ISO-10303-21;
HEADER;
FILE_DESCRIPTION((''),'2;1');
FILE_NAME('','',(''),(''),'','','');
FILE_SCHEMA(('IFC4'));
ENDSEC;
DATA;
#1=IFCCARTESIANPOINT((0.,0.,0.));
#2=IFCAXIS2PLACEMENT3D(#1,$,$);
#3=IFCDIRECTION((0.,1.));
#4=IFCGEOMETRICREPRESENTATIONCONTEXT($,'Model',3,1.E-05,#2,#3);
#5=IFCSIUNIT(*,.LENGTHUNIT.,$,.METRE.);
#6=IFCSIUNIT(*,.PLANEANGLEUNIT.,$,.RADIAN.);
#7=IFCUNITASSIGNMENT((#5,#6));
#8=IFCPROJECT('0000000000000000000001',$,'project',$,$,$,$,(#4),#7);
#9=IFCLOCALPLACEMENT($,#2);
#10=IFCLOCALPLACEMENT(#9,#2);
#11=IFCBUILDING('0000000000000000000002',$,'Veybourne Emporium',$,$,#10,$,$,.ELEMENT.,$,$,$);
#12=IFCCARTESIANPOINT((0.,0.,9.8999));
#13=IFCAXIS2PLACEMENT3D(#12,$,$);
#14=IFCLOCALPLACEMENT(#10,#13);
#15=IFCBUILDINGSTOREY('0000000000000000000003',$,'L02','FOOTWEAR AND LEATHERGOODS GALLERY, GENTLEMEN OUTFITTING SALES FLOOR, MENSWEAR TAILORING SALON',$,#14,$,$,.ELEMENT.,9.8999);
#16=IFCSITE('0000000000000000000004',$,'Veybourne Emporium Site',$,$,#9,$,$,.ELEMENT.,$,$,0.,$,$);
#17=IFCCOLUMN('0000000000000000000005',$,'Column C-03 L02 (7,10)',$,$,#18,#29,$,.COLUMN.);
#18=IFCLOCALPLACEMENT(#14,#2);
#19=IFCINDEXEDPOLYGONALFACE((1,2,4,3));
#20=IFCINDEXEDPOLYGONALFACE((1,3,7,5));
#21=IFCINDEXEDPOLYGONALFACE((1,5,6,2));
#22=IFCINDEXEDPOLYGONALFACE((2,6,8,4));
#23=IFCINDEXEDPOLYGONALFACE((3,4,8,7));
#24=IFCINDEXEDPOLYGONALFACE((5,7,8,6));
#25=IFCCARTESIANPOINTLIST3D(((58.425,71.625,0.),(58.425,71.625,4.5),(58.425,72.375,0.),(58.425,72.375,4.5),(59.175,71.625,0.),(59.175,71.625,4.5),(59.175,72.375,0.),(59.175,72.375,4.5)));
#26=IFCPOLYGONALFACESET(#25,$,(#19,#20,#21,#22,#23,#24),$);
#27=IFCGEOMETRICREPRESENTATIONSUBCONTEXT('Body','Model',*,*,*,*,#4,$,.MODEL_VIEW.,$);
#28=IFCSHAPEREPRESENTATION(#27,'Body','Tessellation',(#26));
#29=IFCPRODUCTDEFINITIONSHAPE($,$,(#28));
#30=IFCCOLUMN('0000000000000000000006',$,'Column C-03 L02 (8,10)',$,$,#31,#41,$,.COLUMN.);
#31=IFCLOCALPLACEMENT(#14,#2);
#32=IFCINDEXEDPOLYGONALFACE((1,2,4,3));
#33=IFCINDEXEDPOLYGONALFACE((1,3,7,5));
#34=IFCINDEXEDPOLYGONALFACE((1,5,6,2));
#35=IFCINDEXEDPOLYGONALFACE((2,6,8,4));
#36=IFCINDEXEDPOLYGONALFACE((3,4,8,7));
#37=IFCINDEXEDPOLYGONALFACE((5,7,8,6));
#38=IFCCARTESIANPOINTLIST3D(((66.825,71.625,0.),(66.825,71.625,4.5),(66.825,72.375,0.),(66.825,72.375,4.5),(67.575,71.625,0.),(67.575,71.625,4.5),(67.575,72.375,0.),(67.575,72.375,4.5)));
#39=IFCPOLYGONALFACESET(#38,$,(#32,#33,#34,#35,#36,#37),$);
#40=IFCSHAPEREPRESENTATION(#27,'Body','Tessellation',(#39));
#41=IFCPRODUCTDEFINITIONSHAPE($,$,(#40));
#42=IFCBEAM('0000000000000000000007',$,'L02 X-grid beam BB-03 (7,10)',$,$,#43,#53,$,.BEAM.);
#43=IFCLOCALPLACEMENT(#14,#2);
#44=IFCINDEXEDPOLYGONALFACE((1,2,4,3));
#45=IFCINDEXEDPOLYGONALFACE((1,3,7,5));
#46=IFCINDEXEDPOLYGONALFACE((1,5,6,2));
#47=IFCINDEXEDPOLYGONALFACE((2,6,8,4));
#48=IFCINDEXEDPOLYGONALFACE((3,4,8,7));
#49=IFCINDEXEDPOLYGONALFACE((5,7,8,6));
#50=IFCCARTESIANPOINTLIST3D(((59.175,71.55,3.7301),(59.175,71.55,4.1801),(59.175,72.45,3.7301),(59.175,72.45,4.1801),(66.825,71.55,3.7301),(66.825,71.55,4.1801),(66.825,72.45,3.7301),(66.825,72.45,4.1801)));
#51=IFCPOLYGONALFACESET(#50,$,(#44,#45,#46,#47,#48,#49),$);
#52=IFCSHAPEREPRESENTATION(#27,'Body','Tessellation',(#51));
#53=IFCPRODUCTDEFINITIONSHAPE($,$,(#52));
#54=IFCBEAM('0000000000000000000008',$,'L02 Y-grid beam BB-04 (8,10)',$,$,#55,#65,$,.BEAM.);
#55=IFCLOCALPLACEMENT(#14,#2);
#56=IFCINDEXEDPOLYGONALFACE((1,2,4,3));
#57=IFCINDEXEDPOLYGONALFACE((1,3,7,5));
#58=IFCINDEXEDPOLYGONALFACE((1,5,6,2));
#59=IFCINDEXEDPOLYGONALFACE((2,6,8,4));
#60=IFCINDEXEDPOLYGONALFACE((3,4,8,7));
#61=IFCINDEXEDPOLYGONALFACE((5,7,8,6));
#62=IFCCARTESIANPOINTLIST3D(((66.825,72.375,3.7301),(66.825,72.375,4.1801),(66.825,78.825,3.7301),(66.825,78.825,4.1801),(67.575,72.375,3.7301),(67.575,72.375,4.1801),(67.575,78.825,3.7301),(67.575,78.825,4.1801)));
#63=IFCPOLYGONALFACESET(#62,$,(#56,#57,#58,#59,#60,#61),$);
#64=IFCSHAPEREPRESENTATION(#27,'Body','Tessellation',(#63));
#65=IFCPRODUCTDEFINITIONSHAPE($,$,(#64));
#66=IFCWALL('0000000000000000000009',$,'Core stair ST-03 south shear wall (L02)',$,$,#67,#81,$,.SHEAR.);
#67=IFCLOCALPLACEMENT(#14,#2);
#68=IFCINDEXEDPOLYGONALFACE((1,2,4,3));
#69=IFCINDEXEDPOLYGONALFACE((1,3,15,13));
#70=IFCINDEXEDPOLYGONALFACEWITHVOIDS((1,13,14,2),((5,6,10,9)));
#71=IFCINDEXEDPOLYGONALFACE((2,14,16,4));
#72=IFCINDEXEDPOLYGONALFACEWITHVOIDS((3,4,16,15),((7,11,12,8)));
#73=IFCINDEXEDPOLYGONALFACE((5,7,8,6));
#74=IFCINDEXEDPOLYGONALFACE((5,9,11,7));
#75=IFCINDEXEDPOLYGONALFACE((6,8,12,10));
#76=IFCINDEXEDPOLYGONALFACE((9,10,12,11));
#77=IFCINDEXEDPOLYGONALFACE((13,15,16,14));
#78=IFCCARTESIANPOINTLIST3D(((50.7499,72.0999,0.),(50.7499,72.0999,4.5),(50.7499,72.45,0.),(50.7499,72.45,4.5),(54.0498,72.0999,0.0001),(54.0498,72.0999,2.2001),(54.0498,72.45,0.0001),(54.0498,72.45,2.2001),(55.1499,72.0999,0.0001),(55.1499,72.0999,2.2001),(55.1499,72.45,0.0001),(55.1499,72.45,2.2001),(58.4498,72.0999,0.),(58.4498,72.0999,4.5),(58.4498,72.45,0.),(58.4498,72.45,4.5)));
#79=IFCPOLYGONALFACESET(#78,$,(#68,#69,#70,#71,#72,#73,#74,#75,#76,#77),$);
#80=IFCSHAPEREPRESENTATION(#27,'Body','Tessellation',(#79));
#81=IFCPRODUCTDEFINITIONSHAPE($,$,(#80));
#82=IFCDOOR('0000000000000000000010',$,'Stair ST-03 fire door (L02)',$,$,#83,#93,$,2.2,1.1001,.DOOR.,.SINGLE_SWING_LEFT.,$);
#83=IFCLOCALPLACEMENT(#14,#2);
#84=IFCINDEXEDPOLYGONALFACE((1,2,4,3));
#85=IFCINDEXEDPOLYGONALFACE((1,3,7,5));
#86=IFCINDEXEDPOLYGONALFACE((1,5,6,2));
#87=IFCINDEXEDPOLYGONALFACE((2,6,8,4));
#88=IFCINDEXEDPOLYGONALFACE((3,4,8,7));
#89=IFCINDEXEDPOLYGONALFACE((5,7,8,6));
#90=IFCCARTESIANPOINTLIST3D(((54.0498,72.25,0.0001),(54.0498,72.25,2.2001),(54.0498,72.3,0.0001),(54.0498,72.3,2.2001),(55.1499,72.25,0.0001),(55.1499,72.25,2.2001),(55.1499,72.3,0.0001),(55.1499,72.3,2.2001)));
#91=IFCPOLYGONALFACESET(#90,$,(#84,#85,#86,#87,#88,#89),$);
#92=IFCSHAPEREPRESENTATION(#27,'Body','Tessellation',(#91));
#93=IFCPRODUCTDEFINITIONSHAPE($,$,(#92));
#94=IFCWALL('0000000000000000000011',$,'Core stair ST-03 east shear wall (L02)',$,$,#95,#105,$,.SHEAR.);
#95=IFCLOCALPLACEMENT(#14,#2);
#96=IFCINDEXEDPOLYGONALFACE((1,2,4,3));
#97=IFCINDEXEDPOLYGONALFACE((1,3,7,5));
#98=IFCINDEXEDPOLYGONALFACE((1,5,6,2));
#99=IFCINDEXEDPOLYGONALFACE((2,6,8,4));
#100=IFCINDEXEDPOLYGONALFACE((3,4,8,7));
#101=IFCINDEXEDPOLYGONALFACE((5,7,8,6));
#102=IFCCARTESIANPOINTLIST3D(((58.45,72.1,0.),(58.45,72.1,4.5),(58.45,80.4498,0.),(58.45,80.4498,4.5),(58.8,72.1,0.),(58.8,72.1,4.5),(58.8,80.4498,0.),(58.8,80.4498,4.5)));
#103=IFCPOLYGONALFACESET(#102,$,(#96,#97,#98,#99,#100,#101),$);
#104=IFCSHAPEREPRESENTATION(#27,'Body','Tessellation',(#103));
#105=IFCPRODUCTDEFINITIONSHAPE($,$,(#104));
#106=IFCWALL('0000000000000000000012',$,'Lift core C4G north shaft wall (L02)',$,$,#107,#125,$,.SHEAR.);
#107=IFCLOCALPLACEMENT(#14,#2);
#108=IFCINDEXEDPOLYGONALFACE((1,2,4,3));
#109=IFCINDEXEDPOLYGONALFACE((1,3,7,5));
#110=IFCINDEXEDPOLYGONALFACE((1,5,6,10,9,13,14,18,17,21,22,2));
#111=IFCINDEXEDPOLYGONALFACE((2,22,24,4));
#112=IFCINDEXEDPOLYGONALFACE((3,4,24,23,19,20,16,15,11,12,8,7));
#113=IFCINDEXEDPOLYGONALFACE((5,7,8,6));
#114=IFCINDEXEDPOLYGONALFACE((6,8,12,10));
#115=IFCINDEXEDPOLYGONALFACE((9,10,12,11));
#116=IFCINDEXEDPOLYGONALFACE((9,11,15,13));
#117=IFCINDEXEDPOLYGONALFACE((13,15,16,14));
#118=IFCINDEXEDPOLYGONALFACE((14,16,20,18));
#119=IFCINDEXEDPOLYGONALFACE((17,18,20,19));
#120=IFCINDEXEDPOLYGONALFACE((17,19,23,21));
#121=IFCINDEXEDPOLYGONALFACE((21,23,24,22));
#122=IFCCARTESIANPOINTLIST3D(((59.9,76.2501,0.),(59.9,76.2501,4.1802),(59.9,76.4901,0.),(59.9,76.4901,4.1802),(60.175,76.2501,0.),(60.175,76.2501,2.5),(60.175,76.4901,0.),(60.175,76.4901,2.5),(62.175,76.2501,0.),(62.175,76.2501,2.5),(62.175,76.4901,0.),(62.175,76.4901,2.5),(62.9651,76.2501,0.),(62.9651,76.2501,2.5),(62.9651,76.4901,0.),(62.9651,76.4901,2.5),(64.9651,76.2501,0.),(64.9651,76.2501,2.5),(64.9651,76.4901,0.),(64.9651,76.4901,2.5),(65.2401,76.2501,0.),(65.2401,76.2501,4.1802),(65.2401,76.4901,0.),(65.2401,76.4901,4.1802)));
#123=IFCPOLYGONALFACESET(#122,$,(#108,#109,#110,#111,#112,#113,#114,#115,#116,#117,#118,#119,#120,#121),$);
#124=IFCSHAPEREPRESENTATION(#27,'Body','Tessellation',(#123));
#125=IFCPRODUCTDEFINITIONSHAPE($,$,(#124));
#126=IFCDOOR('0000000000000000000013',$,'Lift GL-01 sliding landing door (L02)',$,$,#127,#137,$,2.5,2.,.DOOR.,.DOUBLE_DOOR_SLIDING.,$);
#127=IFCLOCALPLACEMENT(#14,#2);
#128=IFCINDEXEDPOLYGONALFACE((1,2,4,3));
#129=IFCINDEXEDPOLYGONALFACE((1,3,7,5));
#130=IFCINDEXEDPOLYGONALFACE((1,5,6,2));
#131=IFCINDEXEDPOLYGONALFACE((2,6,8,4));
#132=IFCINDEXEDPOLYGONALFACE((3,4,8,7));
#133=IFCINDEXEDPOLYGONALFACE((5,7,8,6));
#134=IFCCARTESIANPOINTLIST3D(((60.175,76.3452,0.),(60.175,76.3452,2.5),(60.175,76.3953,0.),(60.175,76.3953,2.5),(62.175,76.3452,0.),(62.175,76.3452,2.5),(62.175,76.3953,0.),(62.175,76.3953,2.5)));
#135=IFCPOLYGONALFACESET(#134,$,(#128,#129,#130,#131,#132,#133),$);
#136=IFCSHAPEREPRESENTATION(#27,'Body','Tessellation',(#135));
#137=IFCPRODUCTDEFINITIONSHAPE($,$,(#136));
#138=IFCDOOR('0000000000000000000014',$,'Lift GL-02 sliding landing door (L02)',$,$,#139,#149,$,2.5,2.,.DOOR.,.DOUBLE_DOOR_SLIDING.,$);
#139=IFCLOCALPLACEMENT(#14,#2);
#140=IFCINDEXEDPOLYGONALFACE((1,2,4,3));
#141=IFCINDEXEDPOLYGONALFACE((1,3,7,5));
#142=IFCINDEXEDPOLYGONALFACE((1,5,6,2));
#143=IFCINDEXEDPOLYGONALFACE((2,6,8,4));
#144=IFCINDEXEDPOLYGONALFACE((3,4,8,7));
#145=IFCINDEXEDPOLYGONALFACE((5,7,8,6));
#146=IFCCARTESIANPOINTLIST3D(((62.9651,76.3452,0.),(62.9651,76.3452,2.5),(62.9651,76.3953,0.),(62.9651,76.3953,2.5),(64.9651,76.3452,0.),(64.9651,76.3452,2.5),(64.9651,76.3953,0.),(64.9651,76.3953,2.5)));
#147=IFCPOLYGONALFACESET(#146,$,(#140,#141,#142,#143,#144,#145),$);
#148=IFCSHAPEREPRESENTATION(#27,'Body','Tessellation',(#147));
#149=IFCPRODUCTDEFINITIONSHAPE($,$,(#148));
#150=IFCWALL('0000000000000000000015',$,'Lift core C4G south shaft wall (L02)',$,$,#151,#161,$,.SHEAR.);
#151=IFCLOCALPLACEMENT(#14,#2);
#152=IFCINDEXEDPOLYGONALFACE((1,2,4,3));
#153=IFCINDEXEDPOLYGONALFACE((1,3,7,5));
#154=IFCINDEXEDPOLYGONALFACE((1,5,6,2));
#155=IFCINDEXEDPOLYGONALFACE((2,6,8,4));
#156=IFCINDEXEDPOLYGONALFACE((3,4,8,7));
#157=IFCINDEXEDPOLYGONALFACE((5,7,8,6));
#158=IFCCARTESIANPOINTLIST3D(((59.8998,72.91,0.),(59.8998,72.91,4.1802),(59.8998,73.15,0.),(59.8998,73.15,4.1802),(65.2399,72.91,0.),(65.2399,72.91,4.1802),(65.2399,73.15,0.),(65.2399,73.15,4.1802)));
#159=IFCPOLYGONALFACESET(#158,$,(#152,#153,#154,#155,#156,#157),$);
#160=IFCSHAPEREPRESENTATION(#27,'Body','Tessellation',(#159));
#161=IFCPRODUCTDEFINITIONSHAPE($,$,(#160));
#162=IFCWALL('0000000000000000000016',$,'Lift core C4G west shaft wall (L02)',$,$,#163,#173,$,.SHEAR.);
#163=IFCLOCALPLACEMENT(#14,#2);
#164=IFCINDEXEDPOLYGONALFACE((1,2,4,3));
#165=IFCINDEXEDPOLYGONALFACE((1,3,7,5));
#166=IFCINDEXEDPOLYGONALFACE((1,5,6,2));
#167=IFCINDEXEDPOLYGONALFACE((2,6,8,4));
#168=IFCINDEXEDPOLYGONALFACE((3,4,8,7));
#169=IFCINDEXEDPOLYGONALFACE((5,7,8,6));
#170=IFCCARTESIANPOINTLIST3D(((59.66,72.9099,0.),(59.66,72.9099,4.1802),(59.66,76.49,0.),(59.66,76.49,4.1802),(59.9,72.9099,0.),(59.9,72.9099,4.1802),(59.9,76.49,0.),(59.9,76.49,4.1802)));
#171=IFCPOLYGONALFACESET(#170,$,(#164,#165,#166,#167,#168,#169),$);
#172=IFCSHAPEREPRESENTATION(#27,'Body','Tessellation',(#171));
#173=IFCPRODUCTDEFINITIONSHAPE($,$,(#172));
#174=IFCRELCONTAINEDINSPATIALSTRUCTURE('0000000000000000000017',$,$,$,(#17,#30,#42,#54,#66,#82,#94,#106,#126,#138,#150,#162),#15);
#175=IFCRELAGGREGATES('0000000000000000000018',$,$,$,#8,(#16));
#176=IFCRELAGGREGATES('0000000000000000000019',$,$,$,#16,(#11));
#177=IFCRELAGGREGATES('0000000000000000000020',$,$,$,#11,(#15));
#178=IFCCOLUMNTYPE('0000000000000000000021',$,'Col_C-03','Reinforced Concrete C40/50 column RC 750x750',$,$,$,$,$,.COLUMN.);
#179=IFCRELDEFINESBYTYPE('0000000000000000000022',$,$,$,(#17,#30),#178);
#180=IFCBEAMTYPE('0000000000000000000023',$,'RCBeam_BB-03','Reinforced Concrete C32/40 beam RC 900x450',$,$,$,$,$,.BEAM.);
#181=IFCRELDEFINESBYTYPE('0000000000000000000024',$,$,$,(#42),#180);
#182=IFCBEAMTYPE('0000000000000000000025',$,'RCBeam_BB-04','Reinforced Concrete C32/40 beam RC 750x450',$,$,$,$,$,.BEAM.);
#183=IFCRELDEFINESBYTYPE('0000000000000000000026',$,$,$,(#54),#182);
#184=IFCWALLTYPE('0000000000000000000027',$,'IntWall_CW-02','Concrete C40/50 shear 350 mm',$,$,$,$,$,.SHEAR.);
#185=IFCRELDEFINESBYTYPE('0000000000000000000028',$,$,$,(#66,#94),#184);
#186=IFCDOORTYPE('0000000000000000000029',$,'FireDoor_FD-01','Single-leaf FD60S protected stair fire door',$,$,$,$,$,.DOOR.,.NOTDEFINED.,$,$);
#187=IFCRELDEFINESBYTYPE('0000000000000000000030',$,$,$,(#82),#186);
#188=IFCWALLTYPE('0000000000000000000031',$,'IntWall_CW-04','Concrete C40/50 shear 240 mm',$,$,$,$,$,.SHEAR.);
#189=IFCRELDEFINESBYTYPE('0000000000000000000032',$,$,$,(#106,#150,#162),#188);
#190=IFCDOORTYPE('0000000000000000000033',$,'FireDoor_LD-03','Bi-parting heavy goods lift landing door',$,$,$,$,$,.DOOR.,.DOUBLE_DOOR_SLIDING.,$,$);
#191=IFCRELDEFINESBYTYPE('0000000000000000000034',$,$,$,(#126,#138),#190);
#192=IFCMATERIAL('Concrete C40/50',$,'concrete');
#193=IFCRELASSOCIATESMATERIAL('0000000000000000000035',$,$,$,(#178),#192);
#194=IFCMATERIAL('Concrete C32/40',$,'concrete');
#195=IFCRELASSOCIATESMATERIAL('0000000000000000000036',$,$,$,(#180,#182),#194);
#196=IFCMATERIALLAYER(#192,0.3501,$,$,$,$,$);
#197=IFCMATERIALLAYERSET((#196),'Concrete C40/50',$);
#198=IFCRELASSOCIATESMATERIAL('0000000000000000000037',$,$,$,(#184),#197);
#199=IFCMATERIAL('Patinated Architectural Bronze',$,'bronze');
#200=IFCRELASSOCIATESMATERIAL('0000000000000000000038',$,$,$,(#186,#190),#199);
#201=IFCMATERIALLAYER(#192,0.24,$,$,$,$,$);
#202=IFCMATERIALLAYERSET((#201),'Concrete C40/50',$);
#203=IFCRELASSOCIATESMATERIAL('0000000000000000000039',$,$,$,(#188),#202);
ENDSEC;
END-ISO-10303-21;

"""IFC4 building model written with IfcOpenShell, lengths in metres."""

from ifc_helpers import new_model, si_unit, direction, frame, frame_2d, origin, origin_2d, place, context, subcontext, project, spatial, rectangle, extrude, material, layer, layer_set, material_profile, profile_set, type_object, element, fill, save


model = new_model("IFC4")

# Units and contexts
model_context = context("Model", 3, precision=1e-05, world=origin(), true_north=direction((0.0, 1.0)))
body_context = subcontext(model_context, "Body", "Model", "MODEL_VIEW")
ifc_project = project(units=[si_unit("LENGTHUNIT", "METRE"), si_unit("PLANEANGLEUNIT", "RADIAN")], contexts=[model_context])

# Site, building, storey
site_placement = place(None, origin())
site = spatial("IfcSite", under=ifc_project, at=site_placement, Name="Veybourne Emporium Site", CompositionType="ELEMENT", RefElevation=0.0)
building_placement = place(site_placement, origin())
building = spatial("IfcBuilding", under=site, at=building_placement, Name="Veybourne Emporium", CompositionType="ELEMENT")
storey_placement = place(building_placement, frame((0.0, 0.0, 9.8999)))
storey = spatial("IfcBuildingStorey", under=building, at=storey_placement, Name="L02", Description="FOOTWEAR AND LEATHERGOODS GALLERY, GENTLEMEN OUTFITTING SALES FLOOR, MENSWEAR TAILORING SALON", CompositionType="ELEMENT", Elevation=9.8999)

# Columns
ifc_material_1 = material(Name="Concrete C40/50", Category="concrete")
ifc_material_profile_1 = material_profile(ifc_material_1, rectangle(XDim=0.75, YDim=0.75, at=origin_2d()), Name="RC 750x750")
ifc_profile_set_1 = profile_set([ifc_material_profile_1], Name="Concrete C40/50")
column_type = type_object("IfcColumnType", Name="Col_C-03", Description="Reinforced Concrete C40/50 column RC 750x750", PredefinedType="COLUMN", material=ifc_profile_set_1)
for number, where, z_axis, x_axis, name in (
    (1, (58.8, 72.0, 0.0), (0.0, 0.0, 1.0), (1.0, 0.0, 0.0), "Column C-03 L02 (7,10)"),
    (2, (67.2, 72.0, 0.0), (0.0, 0.0, 1.0), (1.0, 0.0, 0.0), "Column C-03 L02 (8,10)"),
):
    element("IfcColumn", number, at=place(storey_placement, frame(where, z_axis=z_axis, x_axis=x_axis)), inside=storey, type_object=column_type, Name=name, PredefinedType="COLUMN", context=body_context, shape_type="SweptSolid", body=[
        extrude(rectangle(XDim=0.75, YDim=0.75, at=origin_2d()), origin(), (0.0, 0.0, 1.0), 4.5),
    ])

# Beams
ifc_material_2 = material(Name="Concrete C32/40", Category="concrete")
ifc_material_profile_2 = material_profile(ifc_material_2, rectangle(XDim=0.8999, YDim=0.45, at=origin_2d()), Name="RC 900x450")
ifc_profile_set_2 = profile_set([ifc_material_profile_2], Name="Concrete C32/40")
beam_type_1 = type_object("IfcBeamType", Name="RCBeam_BB-03", Description="Reinforced Concrete C32/40 beam RC 900x450", PredefinedType="BEAM", material=ifc_profile_set_2)
beam_1_placement = place(storey_placement, frame((59.175, 72.0, 3.9551), z_axis=(1.0, 0.0, 0.0), x_axis=(0.0, 1.0, 0.0)))
element("IfcBeam", 3, at=beam_1_placement, inside=storey, type_object=beam_type_1, Name="L02 X-grid beam BB-03 (7,10)", PredefinedType="BEAM", context=body_context, shape_type="SweptSolid", body=[
    extrude(rectangle(XDim=0.8999, YDim=0.45, at=origin_2d()), origin(), (0.0, 0.0, 1.0), 7.6499),
])
ifc_material_profile_3 = material_profile(ifc_material_2, rectangle(XDim=0.75, YDim=0.45, at=origin_2d()), Name="RC 750x450")
ifc_profile_set_3 = profile_set([ifc_material_profile_3], Name="Concrete C32/40")
beam_type_2 = type_object("IfcBeamType", Name="RCBeam_BB-04", Description="Reinforced Concrete C32/40 beam RC 750x450", PredefinedType="BEAM", material=ifc_profile_set_3)
beam_2_placement = place(storey_placement, frame((67.2, 72.375, 3.9551), z_axis=(0.0, 1.0, 0.0), x_axis=(-1.0, 0.0, 0.0)))
element("IfcBeam", 4, at=beam_2_placement, inside=storey, type_object=beam_type_2, Name="L02 Y-grid beam BB-04 (8,10)", PredefinedType="BEAM", context=body_context, shape_type="SweptSolid", body=[
    extrude(rectangle(XDim=0.75, YDim=0.45, at=origin_2d()), origin(), (0.0, 0.0, 1.0), 6.45),
])

# Wall, opening, door
ifc_layer_1 = layer(ifc_material_1, 0.3501)
ifc_layer_set_1 = layer_set([ifc_layer_1], Name="Concrete C40/50")
wall_type_1 = type_object("IfcWallType", Name="IntWall_CW-02", Description="Concrete C40/50 shear 350 mm", PredefinedType="SHEAR", material=ifc_layer_set_1)
wall_1_placement = place(storey_placement, frame((58.45, 72.2749, 0.0), z_axis=(0.0, 0.0, 1.0), x_axis=(-1.0, 0.0, 0.0)))
wall_1 = element("IfcWall", 5, at=wall_1_placement, inside=storey, type_object=wall_type_1, Name="Core stair ST-03 south shear wall (L02)", PredefinedType="SHEAR", context=body_context, shape_type="SweptSolid", body=[
    extrude(rectangle(XDim=7.7, YDim=0.3501, at=frame_2d((3.8501, 0.0))), origin(), (0.0, 0.0, 1.0), 4.5),
])
opening_1_placement = place(wall_1_placement, frame((3.3, 0.0, 0.0)))
opening_1 = element("IfcOpeningElement", 6, at=opening_1_placement, cuts=wall_1, PredefinedType="OPENING", context=body_context, shape_type="SweptSolid", body=[
    extrude(rectangle(XDim=1.1001, YDim=2.2, at=frame_2d((0.55, 1.1001))), frame((0.0, 0.1951, 0.0), z_axis=(0.0, -1.0, 0.0), x_axis=(1.0, 0.0, 0.0)), (0.0, 0.0, 1.0), 0.3901),
])
ifc_material_3 = material(Name="Patinated Architectural Bronze", Category="bronze")
door_type_1 = type_object("IfcDoorType", Name="FireDoor_FD-01", Description="Single-leaf FD60S protected stair fire door", OperationType="NOTDEFINED", PredefinedType="DOOR", material=ifc_material_3)
door_1_placement = place(opening_1_placement, origin())
door_1 = element("IfcDoor", 7, at=door_1_placement, inside=storey, type_object=door_type_1, Name="Stair ST-03 fire door (L02)", OperationType="SINGLE_SWING_LEFT", OverallHeight=2.2, OverallWidth=1.1001, PredefinedType="DOOR", context=body_context, shape_type="SweptSolid", body=[
    extrude(rectangle(XDim=1.1001, YDim=2.2, at=frame_2d((0.55, 1.1001))), frame((0.0, 0.0249, 0.0), z_axis=(0.0, -1.0, 0.0), x_axis=(1.0, 0.0, 0.0)), (0.0, 0.0, 1.0), 0.05),
])
fill(opening_1, door_1)

# Wall
wall_2_placement = place(storey_placement, frame((58.625, 72.1001, 0.0), z_axis=(0.0, 0.0, 1.0), x_axis=(0.0, 1.0, 0.0)))
element("IfcWall", 8, at=wall_2_placement, inside=storey, type_object=wall_type_1, Name="Core stair ST-03 east shear wall (L02)", PredefinedType="SHEAR", context=body_context, shape_type="SweptSolid", body=[
    extrude(rectangle(XDim=8.3499, YDim=0.3501, at=frame_2d((4.1748, 0.0))), origin(), (0.0, 0.0, 1.0), 4.5),
])

# Wall, openings, doors
ifc_layer_2 = layer(ifc_material_1, 0.24)
ifc_layer_set_2 = layer_set([ifc_layer_2], Name="Concrete C40/50")
wall_type_2 = type_object("IfcWallType", Name="IntWall_CW-04", Description="Concrete C40/50 shear 240 mm", PredefinedType="SHEAR", material=ifc_layer_set_2)
wall_3_placement = place(storey_placement, frame((65.24, 76.3701, 0.0), z_axis=(0.0, 0.0, 1.0), x_axis=(-1.0, 0.0, 0.0)))
wall_3 = element("IfcWall", 9, at=wall_3_placement, inside=storey, type_object=wall_type_2, Name="Lift core C4G north shaft wall (L02)", PredefinedType="SHEAR", context=body_context, shape_type="SweptSolid", body=[
    extrude(rectangle(XDim=5.3401, YDim=0.24, at=frame_2d((2.6699, 0.0))), origin(), (0.0, 0.0, 1.0), 4.1802),
])
opening_2_placement = place(wall_3_placement, frame((3.0649, 0.0, 0.0)))
opening_2 = element("IfcOpeningElement", 10, at=opening_2_placement, cuts=wall_3, PredefinedType="OPENING", context=body_context, shape_type="SweptSolid", body=[
    extrude(rectangle(XDim=2.0, YDim=2.5, at=frame_2d((1.0, 1.25))), frame((0.0, 0.1401, 0.0), z_axis=(0.0, -1.0, 0.0), x_axis=(1.0, 0.0, 0.0)), (0.0, 0.0, 1.0), 0.28),
])
opening_3_placement = place(wall_3_placement, frame((0.2749, 0.0, 0.0)))
opening_3 = element("IfcOpeningElement", 11, at=opening_3_placement, cuts=wall_3, PredefinedType="OPENING", context=body_context, shape_type="SweptSolid", body=[
    extrude(rectangle(XDim=2.0, YDim=2.5, at=frame_2d((1.0, 1.25))), frame((0.0, 0.1401, 0.0), z_axis=(0.0, -1.0, 0.0), x_axis=(1.0, 0.0, 0.0)), (0.0, 0.0, 1.0), 0.28),
])
door_type_2 = type_object("IfcDoorType", Name="FireDoor_LD-03", Description="Bi-parting heavy goods lift landing door", OperationType="DOUBLE_DOOR_SLIDING", PredefinedType="DOOR", material=ifc_material_3)
door_2_placement = place(opening_2_placement, origin())
door_2 = element("IfcDoor", 12, at=door_2_placement, inside=storey, type_object=door_type_2, Name="Lift GL-01 sliding landing door (L02)", OperationType="DOUBLE_DOOR_SLIDING", OverallHeight=2.5, OverallWidth=2.0, PredefinedType="DOOR", context=body_context, shape_type="SweptSolid", body=[
    extrude(rectangle(XDim=2.0, YDim=2.5, at=frame_2d((1.0, 1.25))), frame((0.0, 0.0249, 0.0), z_axis=(0.0, -1.0, 0.0), x_axis=(1.0, 0.0, 0.0)), (0.0, 0.0, 1.0), 0.05),
])
fill(opening_2, door_2)
door_3_placement = place(opening_3_placement, origin())
door_3 = element("IfcDoor", 13, at=door_3_placement, inside=storey, type_object=door_type_2, Name="Lift GL-02 sliding landing door (L02)", OperationType="DOUBLE_DOOR_SLIDING", OverallHeight=2.5, OverallWidth=2.0, PredefinedType="DOOR", context=body_context, shape_type="SweptSolid", body=[
    extrude(rectangle(XDim=2.0, YDim=2.5, at=frame_2d((1.0, 1.25))), frame((0.0, 0.0249, 0.0), z_axis=(0.0, -1.0, 0.0), x_axis=(1.0, 0.0, 0.0)), (0.0, 0.0, 1.0), 0.05),
])
fill(opening_3, door_3)

# Walls
wall_4_placement = place(storey_placement, frame((59.8999, 73.03, 0.0), z_axis=(0.0, 0.0, 1.0), x_axis=(1.0, 0.0, 0.0)))
element("IfcWall", 14, at=wall_4_placement, inside=storey, type_object=wall_type_2, Name="Lift core C4G south shaft wall (L02)", PredefinedType="SHEAR", context=body_context, shape_type="SweptSolid", body=[
    extrude(rectangle(XDim=5.3401, YDim=0.24, at=frame_2d((2.6699, 0.0))), origin(), (0.0, 0.0, 1.0), 4.1802),
])
for number, where, z_axis, x_axis, name in (
    (15, (59.78, 76.49, 0.0), (0.0, 0.0, 1.0), (0.0, -1.0, 0.0), "Lift core C4G west shaft wall (L02)"),
):
    element("IfcWall", number, at=place(storey_placement, frame(where, z_axis=z_axis, x_axis=x_axis)), inside=storey, type_object=wall_type_2, Name=name, PredefinedType="SHEAR", context=body_context, shape_type="SweptSolid", body=[
        extrude(rectangle(XDim=3.5801, YDim=0.24, at=frame_2d((1.79, 0.0))), origin(), (0.0, 0.0, 1.0), 4.1802),
    ])

save(model, "model.ifc")
